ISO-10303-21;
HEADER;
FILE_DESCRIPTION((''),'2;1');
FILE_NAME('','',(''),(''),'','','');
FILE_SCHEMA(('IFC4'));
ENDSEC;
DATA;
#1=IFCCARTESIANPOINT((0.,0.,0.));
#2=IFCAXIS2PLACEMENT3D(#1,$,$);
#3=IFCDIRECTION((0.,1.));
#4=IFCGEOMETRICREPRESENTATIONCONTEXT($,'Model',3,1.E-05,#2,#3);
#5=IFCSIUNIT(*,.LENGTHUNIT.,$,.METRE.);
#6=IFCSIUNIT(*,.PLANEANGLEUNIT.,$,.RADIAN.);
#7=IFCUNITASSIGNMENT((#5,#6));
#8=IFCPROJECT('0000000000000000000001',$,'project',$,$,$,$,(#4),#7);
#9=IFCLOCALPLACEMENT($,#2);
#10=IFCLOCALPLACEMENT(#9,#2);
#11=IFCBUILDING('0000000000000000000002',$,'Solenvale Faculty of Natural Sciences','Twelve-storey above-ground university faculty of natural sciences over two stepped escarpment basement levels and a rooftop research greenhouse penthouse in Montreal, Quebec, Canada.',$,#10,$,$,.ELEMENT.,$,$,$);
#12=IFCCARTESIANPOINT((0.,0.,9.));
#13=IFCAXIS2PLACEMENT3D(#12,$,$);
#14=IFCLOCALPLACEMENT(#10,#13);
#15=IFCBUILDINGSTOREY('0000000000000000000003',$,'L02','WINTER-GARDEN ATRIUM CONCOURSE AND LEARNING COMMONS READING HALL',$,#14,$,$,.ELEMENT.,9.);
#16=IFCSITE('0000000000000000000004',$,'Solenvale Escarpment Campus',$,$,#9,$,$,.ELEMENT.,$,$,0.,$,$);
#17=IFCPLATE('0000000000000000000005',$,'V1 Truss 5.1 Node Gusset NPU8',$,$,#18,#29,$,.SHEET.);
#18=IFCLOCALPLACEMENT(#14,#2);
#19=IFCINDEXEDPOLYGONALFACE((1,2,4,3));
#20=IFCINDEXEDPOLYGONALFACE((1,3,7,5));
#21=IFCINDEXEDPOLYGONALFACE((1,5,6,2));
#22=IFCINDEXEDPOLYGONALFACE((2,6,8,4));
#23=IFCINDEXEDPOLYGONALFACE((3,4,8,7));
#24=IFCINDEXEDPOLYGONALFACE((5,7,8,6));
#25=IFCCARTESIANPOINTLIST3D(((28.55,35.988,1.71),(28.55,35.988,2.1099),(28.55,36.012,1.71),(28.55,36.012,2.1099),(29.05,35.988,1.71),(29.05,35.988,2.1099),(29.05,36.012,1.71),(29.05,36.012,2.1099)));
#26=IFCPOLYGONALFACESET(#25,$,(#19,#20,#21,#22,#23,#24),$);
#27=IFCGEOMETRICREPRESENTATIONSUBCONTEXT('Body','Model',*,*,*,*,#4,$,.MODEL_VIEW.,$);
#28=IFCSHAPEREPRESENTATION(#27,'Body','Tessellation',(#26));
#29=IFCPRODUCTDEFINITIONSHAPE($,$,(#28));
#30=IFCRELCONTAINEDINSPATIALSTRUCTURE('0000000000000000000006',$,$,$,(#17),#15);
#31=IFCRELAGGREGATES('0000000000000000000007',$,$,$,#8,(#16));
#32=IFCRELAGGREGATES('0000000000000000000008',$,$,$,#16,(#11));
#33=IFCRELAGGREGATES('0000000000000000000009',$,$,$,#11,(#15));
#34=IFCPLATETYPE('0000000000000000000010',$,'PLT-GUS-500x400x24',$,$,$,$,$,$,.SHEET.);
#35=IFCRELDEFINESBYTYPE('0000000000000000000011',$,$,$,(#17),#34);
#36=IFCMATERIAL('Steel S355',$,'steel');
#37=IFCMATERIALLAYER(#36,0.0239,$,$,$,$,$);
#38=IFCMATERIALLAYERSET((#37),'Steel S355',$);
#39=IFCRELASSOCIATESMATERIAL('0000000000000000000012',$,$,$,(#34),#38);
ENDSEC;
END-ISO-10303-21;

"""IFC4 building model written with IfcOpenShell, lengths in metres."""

from ifc_helpers import new_model, si_unit, direction, frame, origin, origin_2d, place, context, subcontext, project, spatial, rectangle, extrude, material, layer, layer_set, type_object, element, save


model = new_model("IFC4")

# Units and contexts
model_context = context("Model", 3, precision=1e-05, world=origin(), true_north=direction((0.0, 1.0)))
body_context = subcontext(model_context, "Body", "Model", "MODEL_VIEW")
ifc_project = project(units=[si_unit("LENGTHUNIT", "METRE"), si_unit("PLANEANGLEUNIT", "RADIAN")], contexts=[model_context])

# Site, building, storey
site_placement = place(None, origin())
site = spatial("IfcSite", under=ifc_project, at=site_placement, Name="Solenvale Escarpment Campus", CompositionType="ELEMENT", RefElevation=0.0)
building_placement = place(site_placement, origin())
building = spatial("IfcBuilding", under=site, at=building_placement, Name="Solenvale Faculty of Natural Sciences", Description="Twelve-storey above-ground university faculty of natural sciences over two stepped escarpment basement levels and a rooftop research greenhouse penthouse in Montreal, Quebec, Canada.", CompositionType="ELEMENT")
storey_placement = place(building_placement, frame((0.0, 0.0, 9.0)))
storey = spatial("IfcBuildingStorey", under=building, at=storey_placement, Name="L02", Description="WINTER-GARDEN ATRIUM CONCOURSE AND LEARNING COMMONS READING HALL", CompositionType="ELEMENT", Elevation=9.0)

# Shared definitions
ifc_material_1 = material(Name="Steel S355", Category="steel")

# Plate
ifc_layer_1 = layer(ifc_material_1, 0.0239)
ifc_layer_set_1 = layer_set([ifc_layer_1], Name="Steel S355")
plate_type_1 = type_object("IfcPlateType", Name="PLT-GUS-500x400x24", PredefinedType="SHEET", material=ifc_layer_set_1)
plate_1_placement = place(storey_placement, frame((28.8, 36.0, 1.71), z_axis=(0.0, 0.0, 1.0), x_axis=(1.0, 0.0, 0.0)))
element("IfcPlate", 1, at=plate_1_placement, inside=storey, type_object=plate_type_1, Name="V1 Truss 5.1 Node Gusset NPU8", PredefinedType="SHEET", context=body_context, shape_type="SweptSolid", body=[
    extrude(rectangle(XDim=0.5, YDim=0.0239, at=origin_2d()), origin(), (0.0, 0.0, 1.0), 0.3999),
])

save(model, "model.ifc")
